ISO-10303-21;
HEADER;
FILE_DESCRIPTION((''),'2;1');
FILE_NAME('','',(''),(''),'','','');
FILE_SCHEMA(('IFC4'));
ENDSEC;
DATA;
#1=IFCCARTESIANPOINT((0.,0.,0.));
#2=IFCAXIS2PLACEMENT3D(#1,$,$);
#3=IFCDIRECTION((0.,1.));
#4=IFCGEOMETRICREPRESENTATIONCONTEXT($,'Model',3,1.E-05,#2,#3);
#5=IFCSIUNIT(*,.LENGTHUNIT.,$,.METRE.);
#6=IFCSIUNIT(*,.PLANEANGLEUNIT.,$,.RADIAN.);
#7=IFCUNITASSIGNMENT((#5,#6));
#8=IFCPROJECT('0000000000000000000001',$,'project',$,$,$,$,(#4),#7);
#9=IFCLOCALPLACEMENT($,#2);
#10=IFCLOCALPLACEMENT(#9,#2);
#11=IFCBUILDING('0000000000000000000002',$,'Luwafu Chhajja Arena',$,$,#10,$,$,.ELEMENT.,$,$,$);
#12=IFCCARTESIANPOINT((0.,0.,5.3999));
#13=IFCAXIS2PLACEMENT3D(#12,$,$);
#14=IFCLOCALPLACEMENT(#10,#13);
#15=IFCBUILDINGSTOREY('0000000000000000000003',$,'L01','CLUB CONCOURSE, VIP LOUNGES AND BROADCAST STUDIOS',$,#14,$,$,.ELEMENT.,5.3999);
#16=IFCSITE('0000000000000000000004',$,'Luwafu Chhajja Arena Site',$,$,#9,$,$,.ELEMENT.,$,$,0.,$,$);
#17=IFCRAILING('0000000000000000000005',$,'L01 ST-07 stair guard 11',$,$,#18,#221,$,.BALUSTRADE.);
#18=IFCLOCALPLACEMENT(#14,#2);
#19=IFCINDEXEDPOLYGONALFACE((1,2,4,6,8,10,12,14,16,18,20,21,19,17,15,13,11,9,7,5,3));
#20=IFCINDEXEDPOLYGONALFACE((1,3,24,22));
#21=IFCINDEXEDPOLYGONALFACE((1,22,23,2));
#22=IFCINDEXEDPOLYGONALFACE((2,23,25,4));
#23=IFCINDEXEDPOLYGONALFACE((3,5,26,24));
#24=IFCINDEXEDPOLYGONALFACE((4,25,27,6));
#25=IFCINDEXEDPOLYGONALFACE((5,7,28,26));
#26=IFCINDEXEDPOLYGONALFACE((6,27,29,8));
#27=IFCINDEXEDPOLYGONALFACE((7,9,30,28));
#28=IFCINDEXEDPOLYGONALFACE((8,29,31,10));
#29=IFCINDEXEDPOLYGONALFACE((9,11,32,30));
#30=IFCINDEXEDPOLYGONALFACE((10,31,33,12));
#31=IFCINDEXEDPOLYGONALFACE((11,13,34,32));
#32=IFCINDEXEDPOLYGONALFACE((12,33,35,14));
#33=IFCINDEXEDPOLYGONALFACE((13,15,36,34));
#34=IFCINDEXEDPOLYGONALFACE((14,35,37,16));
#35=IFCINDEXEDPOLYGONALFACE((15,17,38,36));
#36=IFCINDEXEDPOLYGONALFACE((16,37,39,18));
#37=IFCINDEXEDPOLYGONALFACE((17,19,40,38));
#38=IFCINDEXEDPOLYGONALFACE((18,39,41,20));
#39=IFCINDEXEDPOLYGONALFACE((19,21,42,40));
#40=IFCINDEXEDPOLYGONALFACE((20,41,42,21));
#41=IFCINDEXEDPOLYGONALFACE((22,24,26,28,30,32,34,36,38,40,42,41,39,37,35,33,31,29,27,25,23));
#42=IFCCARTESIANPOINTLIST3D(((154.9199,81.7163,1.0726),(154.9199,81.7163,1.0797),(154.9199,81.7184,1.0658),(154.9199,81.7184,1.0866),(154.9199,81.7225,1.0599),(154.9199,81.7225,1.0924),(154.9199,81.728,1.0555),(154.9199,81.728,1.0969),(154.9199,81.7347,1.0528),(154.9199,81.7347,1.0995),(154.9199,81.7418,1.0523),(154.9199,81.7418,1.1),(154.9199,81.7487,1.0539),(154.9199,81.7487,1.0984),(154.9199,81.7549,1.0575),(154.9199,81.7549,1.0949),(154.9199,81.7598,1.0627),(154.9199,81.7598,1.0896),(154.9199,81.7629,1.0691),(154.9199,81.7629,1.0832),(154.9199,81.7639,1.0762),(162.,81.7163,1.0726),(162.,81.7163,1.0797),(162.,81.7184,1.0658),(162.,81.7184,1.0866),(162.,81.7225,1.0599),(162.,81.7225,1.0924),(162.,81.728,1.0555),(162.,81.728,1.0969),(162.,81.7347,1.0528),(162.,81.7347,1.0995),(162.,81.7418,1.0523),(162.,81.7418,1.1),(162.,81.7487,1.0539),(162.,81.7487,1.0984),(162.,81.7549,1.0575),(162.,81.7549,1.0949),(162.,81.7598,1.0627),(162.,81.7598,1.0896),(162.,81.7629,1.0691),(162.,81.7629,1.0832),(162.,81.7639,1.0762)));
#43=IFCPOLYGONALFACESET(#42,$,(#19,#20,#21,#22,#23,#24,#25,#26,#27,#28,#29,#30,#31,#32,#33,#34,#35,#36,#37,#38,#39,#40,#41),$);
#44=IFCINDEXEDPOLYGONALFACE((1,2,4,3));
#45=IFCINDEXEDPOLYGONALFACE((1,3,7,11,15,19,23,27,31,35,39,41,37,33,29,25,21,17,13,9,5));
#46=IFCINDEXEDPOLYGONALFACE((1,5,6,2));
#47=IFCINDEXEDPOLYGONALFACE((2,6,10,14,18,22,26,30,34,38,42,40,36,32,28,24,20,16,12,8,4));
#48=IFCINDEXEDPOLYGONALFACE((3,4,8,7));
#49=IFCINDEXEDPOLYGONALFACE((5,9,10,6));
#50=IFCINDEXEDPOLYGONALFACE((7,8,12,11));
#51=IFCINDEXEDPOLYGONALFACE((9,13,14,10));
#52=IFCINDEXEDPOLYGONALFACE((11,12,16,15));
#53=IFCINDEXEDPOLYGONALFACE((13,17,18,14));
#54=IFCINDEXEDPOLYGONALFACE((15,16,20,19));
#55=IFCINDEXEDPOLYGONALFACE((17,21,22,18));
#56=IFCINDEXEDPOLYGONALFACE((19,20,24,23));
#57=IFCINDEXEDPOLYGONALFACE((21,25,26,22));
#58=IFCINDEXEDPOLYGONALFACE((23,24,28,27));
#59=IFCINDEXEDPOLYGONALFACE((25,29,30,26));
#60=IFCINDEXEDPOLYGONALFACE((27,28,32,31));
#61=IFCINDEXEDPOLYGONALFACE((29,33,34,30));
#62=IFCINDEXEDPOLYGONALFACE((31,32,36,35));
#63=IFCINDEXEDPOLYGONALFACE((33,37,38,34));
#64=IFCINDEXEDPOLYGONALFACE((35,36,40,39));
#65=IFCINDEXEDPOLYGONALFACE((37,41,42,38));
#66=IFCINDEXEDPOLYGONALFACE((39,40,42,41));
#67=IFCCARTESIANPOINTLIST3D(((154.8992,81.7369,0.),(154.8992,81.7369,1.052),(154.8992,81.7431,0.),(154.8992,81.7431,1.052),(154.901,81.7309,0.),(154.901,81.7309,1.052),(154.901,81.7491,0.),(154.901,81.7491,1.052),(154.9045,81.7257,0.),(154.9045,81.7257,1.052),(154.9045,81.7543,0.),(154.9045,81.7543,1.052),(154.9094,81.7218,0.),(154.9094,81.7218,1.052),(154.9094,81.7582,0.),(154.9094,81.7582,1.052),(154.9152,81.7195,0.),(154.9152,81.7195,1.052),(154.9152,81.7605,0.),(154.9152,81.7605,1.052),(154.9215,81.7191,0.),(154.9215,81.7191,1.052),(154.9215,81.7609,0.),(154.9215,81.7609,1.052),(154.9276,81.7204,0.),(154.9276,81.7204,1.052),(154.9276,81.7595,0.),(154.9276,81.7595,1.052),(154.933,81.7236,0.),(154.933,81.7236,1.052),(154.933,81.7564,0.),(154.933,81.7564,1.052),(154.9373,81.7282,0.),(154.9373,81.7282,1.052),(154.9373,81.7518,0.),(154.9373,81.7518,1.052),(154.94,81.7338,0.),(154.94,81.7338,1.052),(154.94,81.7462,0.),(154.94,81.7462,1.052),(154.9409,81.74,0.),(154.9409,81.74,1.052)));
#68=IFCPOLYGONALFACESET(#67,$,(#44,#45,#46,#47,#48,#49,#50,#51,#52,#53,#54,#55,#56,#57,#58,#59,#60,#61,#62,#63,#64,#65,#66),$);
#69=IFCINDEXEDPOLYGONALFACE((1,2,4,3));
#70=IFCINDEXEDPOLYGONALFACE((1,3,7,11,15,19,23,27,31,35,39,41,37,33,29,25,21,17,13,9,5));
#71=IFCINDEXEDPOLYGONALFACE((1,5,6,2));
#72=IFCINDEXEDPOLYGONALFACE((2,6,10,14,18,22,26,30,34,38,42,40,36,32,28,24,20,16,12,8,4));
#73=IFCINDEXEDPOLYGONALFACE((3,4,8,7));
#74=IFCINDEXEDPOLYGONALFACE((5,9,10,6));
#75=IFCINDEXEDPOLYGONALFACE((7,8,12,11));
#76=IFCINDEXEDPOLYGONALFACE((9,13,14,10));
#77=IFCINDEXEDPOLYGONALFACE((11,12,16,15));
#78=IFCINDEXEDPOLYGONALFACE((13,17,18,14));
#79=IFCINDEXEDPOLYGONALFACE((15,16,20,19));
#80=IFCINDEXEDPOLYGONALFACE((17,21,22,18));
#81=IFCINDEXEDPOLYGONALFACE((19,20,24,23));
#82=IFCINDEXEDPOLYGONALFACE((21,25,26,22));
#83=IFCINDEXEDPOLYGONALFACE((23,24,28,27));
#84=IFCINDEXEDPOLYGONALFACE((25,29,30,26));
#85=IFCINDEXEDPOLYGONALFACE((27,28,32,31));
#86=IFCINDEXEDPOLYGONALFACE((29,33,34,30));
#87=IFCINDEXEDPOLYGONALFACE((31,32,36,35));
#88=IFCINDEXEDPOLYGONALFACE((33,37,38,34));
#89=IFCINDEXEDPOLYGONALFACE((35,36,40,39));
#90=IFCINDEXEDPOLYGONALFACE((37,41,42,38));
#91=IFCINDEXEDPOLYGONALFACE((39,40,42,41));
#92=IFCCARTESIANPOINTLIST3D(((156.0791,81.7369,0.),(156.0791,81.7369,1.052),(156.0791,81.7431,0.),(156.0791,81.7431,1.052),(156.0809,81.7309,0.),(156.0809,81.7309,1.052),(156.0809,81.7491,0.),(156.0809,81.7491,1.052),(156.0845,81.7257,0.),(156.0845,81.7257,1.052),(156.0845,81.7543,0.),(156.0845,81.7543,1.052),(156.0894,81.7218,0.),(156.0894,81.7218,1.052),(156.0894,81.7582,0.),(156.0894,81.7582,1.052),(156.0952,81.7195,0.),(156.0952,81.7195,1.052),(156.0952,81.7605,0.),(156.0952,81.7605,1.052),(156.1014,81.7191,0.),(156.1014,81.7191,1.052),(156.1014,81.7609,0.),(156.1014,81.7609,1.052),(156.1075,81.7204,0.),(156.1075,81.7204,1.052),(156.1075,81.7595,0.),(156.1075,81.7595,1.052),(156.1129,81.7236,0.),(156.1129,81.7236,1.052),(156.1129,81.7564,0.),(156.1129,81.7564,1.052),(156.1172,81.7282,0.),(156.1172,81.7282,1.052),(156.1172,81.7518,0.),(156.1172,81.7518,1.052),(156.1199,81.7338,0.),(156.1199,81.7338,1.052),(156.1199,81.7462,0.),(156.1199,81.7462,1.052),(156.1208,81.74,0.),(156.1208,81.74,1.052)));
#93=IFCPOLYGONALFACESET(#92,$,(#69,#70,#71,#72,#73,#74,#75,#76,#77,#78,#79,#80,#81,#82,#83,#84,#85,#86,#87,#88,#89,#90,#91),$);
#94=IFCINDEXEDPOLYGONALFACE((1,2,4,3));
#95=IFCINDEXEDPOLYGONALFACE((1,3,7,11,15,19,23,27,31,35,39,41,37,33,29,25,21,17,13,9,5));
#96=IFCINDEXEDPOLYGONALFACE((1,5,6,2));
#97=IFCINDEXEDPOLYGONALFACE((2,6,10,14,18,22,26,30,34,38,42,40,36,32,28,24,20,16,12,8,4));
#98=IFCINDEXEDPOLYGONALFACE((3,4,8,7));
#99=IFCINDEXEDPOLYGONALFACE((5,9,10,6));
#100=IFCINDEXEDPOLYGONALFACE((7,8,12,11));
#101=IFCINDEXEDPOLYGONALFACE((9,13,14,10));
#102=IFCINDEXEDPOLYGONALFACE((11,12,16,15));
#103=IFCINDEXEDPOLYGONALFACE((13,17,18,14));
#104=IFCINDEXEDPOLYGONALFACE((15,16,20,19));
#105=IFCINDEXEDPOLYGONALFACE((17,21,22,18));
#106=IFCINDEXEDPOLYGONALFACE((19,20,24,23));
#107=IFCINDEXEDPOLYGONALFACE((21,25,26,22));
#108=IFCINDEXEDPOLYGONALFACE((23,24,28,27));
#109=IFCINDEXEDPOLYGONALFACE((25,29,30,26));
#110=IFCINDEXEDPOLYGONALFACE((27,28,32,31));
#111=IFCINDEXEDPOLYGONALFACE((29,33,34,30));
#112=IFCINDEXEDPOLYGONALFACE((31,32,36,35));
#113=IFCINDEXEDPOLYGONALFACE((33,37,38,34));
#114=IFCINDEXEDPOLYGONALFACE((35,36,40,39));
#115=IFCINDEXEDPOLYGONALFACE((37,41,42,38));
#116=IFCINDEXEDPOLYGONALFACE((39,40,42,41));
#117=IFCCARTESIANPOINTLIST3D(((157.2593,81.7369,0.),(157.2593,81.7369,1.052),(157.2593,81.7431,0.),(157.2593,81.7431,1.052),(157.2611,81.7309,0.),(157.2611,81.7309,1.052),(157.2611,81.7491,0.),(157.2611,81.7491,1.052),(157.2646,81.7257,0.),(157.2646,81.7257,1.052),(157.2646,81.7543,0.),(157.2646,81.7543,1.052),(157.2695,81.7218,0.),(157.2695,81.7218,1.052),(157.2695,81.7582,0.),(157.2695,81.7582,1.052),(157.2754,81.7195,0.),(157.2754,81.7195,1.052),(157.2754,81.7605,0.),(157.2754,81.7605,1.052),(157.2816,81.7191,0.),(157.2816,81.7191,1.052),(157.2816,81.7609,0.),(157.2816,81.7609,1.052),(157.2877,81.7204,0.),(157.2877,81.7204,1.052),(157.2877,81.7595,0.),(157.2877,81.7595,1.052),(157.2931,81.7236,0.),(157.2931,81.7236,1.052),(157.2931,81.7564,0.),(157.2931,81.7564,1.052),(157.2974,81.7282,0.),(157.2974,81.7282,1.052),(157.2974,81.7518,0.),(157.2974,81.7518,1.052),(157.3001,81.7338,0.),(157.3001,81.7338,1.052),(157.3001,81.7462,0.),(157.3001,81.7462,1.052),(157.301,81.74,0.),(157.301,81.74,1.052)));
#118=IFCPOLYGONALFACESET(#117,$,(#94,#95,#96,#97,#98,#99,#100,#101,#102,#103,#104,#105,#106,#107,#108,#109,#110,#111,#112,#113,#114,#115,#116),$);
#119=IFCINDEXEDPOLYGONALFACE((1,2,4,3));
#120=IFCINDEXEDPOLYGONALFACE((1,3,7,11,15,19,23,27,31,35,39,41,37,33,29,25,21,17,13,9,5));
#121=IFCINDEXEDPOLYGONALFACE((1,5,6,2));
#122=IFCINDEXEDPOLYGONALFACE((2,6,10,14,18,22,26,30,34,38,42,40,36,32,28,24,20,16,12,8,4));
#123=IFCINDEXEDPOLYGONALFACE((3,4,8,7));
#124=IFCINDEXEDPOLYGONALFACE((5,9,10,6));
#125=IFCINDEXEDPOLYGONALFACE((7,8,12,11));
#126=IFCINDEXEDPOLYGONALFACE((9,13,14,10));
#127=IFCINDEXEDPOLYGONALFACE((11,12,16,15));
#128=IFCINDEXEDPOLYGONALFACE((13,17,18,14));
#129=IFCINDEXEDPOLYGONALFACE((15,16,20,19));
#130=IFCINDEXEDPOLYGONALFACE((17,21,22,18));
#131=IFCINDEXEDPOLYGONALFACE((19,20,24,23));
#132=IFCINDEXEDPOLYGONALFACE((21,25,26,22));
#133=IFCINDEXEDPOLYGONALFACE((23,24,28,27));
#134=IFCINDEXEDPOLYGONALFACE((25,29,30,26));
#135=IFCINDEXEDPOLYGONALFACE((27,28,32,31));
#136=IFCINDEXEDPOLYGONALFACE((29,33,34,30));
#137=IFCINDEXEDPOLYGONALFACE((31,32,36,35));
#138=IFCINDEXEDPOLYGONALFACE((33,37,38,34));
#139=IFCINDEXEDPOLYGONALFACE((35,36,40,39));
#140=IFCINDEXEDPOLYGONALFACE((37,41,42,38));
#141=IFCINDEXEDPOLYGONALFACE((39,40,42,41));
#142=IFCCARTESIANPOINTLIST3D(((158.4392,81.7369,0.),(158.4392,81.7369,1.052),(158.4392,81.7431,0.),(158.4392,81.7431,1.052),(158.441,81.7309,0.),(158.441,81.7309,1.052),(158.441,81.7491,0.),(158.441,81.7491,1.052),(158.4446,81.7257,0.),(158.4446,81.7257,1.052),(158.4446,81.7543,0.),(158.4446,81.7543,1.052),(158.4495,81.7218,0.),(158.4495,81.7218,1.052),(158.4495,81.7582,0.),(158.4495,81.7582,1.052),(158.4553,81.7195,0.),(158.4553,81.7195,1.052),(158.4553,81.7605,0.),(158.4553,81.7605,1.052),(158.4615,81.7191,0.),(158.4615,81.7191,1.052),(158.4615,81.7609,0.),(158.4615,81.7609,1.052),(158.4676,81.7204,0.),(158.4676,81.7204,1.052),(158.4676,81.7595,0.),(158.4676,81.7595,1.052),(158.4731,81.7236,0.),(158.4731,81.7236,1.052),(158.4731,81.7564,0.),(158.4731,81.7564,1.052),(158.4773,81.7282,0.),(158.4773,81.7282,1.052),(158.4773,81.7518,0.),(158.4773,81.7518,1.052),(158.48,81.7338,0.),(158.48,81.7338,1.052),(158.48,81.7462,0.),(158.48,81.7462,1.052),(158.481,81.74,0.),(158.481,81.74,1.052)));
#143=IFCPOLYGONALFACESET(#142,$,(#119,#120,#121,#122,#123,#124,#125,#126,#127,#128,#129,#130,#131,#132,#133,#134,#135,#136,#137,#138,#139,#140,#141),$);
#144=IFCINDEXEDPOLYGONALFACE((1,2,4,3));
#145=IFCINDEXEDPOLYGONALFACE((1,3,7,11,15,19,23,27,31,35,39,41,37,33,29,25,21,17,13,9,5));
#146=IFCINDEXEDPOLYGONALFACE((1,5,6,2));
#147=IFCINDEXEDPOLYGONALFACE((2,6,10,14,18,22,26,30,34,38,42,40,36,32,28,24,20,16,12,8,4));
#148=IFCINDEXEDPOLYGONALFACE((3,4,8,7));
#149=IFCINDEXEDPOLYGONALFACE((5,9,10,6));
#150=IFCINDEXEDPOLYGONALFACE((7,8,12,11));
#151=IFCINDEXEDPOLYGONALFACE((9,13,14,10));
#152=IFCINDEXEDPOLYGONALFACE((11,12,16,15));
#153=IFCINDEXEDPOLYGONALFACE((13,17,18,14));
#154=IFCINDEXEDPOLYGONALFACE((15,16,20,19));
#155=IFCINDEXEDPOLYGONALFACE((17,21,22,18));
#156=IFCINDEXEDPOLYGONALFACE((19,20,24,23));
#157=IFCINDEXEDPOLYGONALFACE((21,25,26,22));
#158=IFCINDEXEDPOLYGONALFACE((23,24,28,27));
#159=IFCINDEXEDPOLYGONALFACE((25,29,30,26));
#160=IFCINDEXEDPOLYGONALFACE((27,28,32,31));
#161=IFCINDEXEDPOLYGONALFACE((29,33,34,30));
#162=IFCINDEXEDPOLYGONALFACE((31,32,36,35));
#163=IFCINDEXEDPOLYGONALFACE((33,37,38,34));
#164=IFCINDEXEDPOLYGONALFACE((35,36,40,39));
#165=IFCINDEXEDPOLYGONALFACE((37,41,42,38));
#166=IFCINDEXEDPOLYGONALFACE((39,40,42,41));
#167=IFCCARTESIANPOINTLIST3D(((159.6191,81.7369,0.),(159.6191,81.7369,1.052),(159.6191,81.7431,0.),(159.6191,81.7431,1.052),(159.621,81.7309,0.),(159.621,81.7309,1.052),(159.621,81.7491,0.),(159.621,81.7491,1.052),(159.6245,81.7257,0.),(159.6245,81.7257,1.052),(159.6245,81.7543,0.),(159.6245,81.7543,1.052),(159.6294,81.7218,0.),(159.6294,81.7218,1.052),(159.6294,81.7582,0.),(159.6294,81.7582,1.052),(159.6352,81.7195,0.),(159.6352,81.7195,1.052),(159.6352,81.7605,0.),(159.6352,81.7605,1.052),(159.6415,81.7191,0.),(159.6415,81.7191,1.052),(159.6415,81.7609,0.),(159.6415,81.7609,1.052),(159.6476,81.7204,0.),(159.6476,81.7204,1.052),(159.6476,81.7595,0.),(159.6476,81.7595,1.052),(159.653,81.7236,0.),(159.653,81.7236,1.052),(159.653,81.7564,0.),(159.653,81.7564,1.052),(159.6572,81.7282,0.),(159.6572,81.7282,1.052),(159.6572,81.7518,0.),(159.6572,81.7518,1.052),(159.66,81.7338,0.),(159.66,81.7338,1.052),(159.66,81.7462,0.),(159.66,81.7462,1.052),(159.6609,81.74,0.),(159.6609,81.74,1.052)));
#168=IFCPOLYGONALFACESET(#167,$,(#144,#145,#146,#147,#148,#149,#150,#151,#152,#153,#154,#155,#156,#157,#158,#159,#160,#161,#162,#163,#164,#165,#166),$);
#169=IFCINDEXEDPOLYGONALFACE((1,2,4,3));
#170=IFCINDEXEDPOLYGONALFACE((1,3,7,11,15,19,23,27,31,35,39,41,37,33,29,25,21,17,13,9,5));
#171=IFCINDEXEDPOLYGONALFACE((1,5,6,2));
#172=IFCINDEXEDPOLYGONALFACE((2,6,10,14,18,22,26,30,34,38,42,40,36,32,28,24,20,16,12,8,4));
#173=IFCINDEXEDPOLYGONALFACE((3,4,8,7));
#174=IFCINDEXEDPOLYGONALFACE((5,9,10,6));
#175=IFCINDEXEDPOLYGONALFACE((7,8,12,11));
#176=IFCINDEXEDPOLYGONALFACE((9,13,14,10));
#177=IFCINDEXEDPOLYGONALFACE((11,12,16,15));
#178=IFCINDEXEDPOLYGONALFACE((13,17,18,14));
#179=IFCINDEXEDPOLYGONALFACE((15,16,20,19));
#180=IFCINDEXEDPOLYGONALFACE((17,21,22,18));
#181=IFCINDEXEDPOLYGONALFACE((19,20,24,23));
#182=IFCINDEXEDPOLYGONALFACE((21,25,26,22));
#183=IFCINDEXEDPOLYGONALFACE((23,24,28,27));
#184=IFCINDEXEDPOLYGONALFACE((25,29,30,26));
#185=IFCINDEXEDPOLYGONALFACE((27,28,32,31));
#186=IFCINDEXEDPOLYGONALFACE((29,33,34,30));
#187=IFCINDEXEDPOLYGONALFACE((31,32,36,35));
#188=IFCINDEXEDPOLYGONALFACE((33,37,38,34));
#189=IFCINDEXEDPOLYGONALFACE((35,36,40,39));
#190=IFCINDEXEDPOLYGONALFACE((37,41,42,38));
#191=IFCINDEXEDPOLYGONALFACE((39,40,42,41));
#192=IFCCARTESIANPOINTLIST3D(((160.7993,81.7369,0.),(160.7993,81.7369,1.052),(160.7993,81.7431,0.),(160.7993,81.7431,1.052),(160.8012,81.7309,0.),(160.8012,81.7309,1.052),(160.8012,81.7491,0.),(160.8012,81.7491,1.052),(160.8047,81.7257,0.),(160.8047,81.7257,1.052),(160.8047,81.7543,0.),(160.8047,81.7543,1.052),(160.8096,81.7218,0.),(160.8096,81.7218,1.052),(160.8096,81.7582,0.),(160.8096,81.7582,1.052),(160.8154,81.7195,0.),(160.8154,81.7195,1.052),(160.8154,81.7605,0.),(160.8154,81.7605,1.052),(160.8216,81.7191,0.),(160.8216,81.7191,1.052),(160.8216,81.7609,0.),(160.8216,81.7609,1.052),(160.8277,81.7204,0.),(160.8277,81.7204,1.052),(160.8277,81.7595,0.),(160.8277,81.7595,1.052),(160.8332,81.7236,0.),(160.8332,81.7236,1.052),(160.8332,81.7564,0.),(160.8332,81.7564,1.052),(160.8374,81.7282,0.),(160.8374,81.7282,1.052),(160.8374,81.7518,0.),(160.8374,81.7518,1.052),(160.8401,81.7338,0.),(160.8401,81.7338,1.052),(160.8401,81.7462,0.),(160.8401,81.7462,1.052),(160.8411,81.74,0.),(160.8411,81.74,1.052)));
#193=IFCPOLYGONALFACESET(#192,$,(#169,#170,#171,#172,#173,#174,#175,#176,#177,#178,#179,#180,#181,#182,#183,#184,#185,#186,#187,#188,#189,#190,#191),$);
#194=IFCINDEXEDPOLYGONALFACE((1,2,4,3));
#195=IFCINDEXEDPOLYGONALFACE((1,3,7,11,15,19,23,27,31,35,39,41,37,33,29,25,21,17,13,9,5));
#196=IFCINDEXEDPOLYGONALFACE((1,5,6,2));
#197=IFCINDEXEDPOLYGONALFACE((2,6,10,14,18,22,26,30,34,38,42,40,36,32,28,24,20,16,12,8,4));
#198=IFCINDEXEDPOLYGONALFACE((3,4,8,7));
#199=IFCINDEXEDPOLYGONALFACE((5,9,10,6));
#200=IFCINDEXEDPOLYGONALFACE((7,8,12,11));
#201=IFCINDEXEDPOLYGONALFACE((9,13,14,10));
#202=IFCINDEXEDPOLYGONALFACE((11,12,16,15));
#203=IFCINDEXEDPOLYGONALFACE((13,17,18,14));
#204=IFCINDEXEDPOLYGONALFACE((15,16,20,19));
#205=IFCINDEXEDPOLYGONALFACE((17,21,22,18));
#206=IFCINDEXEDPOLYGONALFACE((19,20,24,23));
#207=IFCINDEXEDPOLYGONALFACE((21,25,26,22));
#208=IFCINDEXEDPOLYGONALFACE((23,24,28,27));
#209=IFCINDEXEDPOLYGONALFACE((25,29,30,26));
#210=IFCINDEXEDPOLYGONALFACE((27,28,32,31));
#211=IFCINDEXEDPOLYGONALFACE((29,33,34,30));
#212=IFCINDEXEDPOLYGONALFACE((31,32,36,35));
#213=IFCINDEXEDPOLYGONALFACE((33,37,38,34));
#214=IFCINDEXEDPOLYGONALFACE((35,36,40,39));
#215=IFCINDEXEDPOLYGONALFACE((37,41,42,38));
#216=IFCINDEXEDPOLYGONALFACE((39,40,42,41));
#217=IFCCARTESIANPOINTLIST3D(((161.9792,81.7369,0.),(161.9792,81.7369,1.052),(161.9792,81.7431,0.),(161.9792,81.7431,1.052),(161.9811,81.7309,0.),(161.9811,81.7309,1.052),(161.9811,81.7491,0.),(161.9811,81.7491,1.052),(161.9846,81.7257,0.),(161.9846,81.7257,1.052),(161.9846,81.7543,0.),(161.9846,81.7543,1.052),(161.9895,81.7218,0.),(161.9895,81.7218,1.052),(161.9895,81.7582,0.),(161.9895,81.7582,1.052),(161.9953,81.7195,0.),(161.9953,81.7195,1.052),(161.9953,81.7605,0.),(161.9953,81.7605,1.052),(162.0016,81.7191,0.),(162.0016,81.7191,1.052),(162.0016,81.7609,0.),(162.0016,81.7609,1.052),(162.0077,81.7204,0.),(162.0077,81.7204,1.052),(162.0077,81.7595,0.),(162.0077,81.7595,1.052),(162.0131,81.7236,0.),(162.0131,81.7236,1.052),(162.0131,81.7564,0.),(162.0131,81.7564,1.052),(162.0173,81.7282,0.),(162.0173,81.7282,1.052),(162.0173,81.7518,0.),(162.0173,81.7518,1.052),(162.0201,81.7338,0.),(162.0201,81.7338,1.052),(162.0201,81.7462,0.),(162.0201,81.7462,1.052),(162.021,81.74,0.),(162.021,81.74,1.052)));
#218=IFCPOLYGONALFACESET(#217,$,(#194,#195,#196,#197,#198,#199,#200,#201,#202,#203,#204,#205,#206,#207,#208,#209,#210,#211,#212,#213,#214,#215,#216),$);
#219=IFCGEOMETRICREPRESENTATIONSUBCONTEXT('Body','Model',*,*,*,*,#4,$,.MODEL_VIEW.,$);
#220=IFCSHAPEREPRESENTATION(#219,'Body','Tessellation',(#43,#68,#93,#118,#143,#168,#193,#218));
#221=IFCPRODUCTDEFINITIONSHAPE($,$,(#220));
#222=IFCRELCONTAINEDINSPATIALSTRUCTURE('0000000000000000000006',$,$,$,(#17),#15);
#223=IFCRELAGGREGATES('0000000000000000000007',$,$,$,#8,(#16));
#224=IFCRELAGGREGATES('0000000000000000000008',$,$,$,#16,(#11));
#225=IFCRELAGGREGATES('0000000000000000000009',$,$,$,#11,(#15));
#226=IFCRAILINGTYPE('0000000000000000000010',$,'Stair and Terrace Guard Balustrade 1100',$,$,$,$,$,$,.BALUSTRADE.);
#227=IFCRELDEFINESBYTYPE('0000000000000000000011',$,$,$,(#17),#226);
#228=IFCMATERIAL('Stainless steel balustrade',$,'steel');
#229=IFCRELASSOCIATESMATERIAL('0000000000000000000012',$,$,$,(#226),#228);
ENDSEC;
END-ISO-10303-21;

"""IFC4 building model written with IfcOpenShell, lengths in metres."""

from ifc_helpers import new_model, si_unit, direction, frame, origin, origin_2d, place, context, subcontext, project, spatial, circle, extrude, material, type_object, element, save


model = new_model("IFC4")

# Units and contexts
model_context = context("Model", 3, precision=1e-05, world=origin(), true_north=direction((0.0, 1.0)))
body_context = subcontext(model_context, "Body", "Model", "MODEL_VIEW")
ifc_project = project(units=[si_unit("LENGTHUNIT", "METRE"), si_unit("PLANEANGLEUNIT", "RADIAN")], contexts=[model_context])

# Site, building, storey
site_placement = place(None, origin())
site = spatial("IfcSite", under=ifc_project, at=site_placement, Name="Luwafu Chhajja Arena Site", CompositionType="ELEMENT", RefElevation=0.0)
building_placement = place(site_placement, origin())
building = spatial("IfcBuilding", under=site, at=building_placement, Name="Luwafu Chhajja Arena", CompositionType="ELEMENT")
storey_placement = place(building_placement, frame((0.0, 0.0, 5.3999)))
storey = spatial("IfcBuildingStorey", under=building, at=storey_placement, Name="L01", Description="CLUB CONCOURSE, VIP LOUNGES AND BROADCAST STUDIOS", CompositionType="ELEMENT", Elevation=5.3999)

# Railing
ifc_material_1 = material(Name="Stainless steel balustrade", Category="steel")
railing_type_1 = type_object("IfcRailingType", Name="Stair and Terrace Guard Balustrade 1100", PredefinedType="BALUSTRADE", material=ifc_material_1)
railing_1_placement = place(storey_placement, frame((154.9199, 81.74, 0.0)))
element("IfcRailing", 1, at=railing_1_placement, inside=storey, type_object=railing_type_1, Name="L01 ST-07 stair guard 11", PredefinedType="BALUSTRADE", context=body_context, shape_type="SweptSolid", body=[
    extrude(circle(Radius=0.0239, at=origin_2d()), frame((0.0, 0.0, 1.0762), z_axis=(1.0, 0.0, 0.0), x_axis=(0.0, 1.0, 0.0)), (0.0, 0.0, 1.0), 7.0801),
    extrude(circle(Radius=0.021, at=origin_2d()), origin(), (0.0, 0.0, 1.0), 1.052),
    extrude(circle(Radius=0.021, at=origin_2d()), frame((1.1799, 0.0, 0.0)), (0.0, 0.0, 1.0), 1.052),
    extrude(circle(Radius=0.021, at=origin_2d()), frame((2.3601, 0.0, 0.0)), (0.0, 0.0, 1.0), 1.052),
    extrude(circle(Radius=0.021, at=origin_2d()), frame((3.54, 0.0, 0.0)), (0.0, 0.0, 1.0), 1.052),
    extrude(circle(Radius=0.021, at=origin_2d()), frame((4.72, 0.0, 0.0)), (0.0, 0.0, 1.0), 1.052),
    extrude(circle(Radius=0.021, at=origin_2d()), frame((5.9001, 0.0, 0.0)), (0.0, 0.0, 1.0), 1.052),
    extrude(circle(Radius=0.021, at=origin_2d()), frame((7.0801, 0.0, 0.0)), (0.0, 0.0, 1.0), 1.052),
])

save(model, "model.ifc")
